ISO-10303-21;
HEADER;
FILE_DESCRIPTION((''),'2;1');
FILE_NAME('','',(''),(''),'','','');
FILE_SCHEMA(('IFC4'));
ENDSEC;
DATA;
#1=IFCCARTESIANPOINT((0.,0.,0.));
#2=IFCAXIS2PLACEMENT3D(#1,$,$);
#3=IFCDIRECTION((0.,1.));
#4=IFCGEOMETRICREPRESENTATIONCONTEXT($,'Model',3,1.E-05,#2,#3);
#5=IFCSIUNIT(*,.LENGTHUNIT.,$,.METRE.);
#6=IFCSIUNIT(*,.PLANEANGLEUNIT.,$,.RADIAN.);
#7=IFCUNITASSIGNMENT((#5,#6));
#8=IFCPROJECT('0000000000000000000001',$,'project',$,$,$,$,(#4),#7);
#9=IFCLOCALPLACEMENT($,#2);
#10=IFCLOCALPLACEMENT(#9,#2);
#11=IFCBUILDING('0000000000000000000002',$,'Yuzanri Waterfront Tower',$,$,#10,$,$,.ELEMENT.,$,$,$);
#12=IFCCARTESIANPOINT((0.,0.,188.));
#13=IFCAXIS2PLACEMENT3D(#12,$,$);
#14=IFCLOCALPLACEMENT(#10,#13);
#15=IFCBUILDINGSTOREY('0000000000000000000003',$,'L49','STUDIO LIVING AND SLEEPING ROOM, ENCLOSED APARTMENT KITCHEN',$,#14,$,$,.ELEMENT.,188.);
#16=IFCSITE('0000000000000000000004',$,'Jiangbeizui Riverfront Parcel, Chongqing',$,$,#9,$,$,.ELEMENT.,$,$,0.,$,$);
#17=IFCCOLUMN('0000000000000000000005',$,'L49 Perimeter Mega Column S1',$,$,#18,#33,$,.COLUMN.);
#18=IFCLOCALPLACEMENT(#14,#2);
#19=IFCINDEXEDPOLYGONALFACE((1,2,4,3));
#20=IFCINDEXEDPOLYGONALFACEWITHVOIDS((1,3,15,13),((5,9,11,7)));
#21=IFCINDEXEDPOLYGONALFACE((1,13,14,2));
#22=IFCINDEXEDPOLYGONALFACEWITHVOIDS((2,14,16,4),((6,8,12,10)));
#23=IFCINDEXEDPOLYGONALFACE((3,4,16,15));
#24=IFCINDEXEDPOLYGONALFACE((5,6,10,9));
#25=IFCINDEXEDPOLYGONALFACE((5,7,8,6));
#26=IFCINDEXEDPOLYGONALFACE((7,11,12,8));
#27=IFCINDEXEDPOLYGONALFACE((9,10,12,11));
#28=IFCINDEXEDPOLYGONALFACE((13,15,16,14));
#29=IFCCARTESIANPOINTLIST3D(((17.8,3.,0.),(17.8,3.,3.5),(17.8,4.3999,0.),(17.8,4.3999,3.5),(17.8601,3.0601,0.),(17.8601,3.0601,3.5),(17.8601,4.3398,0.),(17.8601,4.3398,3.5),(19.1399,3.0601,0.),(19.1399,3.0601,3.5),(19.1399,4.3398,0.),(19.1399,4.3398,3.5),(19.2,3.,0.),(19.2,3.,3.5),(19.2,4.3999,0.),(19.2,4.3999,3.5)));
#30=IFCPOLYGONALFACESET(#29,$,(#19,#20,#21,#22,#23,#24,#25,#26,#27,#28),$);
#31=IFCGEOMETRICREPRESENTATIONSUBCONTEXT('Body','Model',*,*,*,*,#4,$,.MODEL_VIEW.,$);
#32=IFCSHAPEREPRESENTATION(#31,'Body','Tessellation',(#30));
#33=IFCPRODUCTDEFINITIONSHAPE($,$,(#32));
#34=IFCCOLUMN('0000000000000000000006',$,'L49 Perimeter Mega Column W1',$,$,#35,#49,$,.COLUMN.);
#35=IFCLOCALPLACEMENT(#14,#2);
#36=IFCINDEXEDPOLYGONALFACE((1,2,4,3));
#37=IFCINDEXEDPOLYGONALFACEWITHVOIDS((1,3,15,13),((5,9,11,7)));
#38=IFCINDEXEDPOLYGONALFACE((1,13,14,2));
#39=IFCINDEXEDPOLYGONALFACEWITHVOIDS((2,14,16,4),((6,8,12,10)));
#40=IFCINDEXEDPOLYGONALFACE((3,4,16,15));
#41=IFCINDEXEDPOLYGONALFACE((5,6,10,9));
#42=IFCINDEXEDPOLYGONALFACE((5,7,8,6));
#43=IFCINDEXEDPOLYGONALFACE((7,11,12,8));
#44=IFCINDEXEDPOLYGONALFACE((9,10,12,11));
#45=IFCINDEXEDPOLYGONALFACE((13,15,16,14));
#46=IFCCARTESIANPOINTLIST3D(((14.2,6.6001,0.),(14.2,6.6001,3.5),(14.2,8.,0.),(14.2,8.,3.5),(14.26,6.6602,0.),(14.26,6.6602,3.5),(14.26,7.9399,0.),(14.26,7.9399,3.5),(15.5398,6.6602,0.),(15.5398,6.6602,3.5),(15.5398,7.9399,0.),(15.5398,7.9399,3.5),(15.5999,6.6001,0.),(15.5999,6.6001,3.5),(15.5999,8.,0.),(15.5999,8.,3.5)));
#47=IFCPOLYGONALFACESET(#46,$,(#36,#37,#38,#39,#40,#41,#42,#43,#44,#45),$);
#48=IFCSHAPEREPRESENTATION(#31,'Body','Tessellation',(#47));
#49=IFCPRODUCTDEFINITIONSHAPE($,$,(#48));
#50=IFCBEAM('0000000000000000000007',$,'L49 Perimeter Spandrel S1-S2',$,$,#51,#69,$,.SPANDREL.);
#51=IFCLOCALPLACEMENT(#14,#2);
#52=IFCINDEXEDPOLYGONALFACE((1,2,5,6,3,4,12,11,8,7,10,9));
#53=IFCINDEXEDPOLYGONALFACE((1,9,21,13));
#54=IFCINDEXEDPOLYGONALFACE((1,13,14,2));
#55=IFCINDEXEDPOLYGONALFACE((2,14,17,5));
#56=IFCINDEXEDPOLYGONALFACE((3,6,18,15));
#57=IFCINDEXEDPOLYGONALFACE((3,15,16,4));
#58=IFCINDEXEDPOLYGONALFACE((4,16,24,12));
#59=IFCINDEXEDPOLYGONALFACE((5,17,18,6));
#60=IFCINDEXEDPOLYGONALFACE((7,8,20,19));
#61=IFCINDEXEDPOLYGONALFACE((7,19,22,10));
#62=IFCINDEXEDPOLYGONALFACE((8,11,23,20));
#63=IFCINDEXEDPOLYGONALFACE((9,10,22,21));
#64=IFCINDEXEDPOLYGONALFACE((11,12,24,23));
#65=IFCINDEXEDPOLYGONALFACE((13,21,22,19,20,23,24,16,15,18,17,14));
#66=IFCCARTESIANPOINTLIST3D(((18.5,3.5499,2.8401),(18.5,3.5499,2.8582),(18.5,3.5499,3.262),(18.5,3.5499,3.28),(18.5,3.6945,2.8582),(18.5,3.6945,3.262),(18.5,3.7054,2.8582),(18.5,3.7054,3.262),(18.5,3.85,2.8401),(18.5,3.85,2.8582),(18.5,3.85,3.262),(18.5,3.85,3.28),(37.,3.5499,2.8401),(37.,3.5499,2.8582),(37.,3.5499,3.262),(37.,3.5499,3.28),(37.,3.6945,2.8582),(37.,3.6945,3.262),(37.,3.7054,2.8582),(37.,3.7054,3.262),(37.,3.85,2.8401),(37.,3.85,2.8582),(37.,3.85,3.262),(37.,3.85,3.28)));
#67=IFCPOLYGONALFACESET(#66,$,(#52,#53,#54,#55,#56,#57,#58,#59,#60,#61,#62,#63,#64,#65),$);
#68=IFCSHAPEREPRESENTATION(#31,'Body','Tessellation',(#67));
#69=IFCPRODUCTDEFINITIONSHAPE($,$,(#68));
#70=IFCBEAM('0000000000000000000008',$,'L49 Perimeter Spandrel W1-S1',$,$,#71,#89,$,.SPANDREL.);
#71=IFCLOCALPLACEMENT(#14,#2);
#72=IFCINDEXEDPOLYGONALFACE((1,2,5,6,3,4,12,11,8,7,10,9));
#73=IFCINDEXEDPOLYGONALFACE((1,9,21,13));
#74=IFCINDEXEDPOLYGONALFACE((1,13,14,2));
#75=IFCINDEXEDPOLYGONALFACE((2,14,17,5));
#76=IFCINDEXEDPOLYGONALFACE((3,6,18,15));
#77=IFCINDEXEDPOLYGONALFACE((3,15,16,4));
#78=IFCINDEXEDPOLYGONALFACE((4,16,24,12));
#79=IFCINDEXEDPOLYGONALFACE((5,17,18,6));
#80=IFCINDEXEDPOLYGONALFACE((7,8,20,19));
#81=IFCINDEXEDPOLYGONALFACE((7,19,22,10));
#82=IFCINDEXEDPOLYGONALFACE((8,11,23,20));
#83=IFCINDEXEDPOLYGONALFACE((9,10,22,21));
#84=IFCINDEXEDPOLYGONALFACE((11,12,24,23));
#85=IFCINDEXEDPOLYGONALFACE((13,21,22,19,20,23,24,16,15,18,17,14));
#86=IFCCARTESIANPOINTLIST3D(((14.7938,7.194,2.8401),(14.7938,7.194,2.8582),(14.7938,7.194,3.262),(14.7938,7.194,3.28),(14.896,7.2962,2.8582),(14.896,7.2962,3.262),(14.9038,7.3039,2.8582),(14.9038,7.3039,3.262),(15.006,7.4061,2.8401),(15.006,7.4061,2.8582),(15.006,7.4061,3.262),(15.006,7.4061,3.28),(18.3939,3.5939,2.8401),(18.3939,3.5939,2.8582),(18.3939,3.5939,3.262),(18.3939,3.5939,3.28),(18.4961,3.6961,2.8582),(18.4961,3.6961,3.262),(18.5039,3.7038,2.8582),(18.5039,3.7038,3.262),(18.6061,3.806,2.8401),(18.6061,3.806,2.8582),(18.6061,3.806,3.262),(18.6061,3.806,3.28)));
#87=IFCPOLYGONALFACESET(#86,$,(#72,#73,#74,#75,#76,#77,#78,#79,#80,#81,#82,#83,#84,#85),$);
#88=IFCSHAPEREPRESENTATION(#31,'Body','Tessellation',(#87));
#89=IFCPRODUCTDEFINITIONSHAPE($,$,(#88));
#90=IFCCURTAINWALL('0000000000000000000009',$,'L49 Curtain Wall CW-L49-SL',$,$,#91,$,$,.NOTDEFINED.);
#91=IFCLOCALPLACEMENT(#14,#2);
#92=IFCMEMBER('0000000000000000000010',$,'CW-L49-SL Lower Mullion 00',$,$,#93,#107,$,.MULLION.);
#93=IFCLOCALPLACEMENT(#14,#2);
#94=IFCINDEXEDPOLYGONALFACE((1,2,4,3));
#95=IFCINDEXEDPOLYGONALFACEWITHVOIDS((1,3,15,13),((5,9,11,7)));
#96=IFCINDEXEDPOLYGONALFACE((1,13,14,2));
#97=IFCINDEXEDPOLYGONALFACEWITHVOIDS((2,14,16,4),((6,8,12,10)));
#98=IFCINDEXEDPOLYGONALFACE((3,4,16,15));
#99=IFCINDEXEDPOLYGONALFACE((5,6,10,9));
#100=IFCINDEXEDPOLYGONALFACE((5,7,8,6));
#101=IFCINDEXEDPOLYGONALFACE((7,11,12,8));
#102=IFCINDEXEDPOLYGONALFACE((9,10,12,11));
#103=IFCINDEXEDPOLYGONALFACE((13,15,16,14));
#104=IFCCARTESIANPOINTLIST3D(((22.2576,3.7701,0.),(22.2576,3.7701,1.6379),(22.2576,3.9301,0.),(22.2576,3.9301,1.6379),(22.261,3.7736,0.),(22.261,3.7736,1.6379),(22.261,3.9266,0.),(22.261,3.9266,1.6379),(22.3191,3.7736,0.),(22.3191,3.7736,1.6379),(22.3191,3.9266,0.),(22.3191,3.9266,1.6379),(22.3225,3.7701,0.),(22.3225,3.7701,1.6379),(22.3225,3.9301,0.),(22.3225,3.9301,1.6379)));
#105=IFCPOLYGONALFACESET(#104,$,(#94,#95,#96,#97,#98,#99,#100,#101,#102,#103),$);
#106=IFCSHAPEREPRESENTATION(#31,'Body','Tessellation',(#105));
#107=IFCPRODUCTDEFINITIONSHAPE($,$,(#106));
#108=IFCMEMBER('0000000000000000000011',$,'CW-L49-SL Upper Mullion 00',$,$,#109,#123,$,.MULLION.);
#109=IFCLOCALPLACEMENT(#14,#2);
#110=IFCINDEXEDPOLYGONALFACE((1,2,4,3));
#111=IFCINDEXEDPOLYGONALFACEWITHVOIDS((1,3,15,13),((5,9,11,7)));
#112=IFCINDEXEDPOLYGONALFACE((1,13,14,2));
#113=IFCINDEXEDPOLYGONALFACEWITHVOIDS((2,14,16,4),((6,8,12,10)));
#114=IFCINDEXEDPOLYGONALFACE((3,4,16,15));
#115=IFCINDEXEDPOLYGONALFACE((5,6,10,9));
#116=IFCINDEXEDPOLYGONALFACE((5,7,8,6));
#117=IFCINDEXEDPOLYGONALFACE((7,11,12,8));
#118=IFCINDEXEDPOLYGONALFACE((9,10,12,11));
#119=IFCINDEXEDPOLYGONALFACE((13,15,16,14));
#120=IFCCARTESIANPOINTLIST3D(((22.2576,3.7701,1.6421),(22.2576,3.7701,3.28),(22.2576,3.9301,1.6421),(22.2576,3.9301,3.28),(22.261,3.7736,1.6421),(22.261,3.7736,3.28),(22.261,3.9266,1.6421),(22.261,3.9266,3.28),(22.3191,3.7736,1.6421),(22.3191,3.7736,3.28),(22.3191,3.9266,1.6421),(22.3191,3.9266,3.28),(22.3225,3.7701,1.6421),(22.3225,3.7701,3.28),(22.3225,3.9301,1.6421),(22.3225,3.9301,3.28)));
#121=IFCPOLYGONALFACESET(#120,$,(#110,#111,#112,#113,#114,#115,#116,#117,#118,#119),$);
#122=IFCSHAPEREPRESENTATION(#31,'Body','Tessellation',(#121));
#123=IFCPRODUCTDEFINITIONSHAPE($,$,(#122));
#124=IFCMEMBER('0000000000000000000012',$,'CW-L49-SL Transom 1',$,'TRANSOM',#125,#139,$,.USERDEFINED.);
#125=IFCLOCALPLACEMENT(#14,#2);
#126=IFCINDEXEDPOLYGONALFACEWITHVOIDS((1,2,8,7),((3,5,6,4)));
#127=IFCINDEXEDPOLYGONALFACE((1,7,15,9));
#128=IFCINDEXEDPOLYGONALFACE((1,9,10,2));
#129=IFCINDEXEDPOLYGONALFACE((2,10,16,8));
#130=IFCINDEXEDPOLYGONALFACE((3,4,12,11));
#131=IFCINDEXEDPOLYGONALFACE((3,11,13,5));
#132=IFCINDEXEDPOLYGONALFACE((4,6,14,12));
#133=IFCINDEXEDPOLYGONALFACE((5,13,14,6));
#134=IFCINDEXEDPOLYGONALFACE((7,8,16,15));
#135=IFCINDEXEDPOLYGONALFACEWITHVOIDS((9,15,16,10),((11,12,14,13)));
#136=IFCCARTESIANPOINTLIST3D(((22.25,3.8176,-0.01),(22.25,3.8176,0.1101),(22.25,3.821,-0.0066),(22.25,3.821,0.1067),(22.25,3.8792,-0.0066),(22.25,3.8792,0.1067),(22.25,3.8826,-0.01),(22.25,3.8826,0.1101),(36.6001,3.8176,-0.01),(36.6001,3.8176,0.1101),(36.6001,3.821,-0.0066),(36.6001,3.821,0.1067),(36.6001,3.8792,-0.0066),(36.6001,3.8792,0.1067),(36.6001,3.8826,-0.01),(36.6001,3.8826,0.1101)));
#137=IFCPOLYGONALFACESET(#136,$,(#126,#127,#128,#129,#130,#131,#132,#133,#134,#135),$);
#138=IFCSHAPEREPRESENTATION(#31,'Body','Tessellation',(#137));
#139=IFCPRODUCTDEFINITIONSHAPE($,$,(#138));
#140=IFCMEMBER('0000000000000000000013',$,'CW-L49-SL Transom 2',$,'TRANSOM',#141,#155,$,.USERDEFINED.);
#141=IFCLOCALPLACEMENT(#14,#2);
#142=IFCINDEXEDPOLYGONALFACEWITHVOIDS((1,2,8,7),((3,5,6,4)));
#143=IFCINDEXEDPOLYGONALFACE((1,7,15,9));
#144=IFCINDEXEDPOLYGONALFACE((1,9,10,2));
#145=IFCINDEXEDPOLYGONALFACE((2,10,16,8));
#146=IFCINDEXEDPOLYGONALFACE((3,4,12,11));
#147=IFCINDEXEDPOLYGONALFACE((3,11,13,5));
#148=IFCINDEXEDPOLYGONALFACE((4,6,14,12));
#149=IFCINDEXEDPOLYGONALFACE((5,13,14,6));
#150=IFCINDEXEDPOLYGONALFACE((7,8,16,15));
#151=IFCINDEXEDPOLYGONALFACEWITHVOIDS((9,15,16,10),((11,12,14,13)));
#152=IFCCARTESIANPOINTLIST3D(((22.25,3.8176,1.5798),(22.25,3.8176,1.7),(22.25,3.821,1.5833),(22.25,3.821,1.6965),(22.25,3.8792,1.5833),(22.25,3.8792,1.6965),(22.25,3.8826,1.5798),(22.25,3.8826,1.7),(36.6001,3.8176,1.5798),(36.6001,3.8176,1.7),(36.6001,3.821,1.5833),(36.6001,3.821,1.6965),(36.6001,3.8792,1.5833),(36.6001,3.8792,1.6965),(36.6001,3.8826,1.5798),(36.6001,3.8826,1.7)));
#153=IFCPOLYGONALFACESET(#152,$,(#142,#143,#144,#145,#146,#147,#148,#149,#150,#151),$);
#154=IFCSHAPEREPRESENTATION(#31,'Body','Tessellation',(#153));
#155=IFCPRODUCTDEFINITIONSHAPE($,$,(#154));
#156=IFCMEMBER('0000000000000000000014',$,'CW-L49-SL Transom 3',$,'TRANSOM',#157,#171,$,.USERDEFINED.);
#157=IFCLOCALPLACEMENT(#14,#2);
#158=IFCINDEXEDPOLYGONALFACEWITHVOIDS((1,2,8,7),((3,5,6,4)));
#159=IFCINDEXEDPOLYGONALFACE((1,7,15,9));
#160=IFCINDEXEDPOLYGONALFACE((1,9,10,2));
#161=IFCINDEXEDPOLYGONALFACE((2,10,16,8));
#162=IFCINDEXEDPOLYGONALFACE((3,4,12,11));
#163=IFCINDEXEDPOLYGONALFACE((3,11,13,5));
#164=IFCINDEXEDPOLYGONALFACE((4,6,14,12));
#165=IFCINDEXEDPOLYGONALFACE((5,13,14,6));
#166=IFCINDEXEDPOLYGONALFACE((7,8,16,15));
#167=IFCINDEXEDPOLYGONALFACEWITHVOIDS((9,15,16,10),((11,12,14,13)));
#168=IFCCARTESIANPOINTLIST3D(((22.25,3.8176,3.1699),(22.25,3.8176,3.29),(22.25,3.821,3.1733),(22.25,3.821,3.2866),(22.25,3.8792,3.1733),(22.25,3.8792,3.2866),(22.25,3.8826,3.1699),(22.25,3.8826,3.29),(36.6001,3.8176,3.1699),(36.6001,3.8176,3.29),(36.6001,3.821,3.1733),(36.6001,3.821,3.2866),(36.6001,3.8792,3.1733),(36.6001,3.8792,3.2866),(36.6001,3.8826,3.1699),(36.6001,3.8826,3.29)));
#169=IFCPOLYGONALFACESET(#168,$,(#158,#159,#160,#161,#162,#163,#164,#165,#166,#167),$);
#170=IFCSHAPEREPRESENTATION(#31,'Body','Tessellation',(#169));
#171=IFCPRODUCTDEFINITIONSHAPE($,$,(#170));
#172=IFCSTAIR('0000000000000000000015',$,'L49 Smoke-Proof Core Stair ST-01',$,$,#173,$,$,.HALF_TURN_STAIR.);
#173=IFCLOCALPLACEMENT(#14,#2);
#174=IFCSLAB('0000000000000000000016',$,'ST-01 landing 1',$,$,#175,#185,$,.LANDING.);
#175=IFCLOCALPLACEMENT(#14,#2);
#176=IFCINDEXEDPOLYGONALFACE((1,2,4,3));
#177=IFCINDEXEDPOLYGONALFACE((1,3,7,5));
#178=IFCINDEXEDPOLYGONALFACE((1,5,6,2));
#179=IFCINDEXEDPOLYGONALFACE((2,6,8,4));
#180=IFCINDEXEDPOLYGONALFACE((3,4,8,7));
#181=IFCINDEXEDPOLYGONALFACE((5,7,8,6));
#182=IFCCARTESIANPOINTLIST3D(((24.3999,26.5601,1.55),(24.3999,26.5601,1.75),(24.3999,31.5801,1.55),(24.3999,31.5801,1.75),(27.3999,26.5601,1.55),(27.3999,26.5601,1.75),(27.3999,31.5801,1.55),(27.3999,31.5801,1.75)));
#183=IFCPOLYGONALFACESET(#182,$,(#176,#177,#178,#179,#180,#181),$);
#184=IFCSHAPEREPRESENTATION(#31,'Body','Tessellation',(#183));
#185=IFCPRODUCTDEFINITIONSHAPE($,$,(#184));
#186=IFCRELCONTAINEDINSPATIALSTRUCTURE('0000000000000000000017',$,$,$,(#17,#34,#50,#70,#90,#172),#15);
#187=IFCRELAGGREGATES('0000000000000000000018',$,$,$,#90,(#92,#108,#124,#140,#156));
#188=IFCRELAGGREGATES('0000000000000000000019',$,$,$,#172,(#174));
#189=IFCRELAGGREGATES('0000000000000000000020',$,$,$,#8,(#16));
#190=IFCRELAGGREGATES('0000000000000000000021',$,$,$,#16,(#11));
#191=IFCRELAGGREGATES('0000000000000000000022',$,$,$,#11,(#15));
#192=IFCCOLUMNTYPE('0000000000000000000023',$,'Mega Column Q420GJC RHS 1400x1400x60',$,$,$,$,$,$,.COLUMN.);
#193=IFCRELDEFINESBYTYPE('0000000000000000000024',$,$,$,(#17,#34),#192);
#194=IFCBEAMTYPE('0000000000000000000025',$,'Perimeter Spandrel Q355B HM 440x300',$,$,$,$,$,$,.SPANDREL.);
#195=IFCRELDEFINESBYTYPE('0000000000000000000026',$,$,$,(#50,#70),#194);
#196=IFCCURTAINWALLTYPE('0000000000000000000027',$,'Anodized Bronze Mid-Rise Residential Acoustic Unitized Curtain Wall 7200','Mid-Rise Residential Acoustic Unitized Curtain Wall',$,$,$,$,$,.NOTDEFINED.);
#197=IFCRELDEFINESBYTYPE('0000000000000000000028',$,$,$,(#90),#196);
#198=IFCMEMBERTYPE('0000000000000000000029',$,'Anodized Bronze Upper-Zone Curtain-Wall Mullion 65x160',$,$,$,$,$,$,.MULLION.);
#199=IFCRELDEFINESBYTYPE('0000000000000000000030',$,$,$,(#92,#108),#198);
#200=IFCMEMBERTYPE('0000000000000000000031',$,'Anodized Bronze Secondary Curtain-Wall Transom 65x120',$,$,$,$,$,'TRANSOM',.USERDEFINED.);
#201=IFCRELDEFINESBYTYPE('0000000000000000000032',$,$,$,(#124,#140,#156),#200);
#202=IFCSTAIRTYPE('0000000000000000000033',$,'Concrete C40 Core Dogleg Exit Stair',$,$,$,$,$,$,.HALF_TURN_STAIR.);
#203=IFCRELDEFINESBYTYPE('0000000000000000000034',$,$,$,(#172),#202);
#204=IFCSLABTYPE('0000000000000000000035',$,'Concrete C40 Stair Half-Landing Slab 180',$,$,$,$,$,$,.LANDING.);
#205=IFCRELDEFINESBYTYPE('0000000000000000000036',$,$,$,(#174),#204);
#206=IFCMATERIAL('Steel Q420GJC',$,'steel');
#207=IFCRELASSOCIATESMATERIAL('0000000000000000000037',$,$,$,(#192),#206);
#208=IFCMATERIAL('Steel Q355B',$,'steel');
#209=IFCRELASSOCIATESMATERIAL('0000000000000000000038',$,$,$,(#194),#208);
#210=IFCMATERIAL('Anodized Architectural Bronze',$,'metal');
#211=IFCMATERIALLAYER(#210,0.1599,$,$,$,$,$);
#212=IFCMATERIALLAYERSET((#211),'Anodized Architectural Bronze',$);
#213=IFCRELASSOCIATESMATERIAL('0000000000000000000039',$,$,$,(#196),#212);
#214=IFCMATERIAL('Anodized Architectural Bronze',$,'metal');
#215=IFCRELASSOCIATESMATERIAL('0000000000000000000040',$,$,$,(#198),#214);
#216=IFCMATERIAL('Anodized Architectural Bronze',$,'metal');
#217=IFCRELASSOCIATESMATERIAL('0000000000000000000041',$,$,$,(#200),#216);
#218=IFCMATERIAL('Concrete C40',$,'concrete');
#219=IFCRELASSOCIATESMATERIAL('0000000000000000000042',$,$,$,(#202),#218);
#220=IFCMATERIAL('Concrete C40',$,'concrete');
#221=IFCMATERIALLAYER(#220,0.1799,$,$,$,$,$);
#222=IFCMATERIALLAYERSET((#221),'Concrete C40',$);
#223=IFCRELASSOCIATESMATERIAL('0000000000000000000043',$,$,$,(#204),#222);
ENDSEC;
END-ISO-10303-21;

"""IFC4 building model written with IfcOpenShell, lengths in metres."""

from ifc_helpers import new_model, si_unit, direction, frame, origin, origin_2d, place, context, subcontext, project, spatial, polyline, hollow_rectangle, i_section, outline, extrude, source, transform, mapped, material, layer, layer_set, material_profile, profile_set, type_object, element, aggregate, save


model = new_model("IFC4")

# Units and contexts
model_context = context("Model", 3, precision=1e-05, world=origin(), true_north=direction((0.0, 1.0)))
body_context = subcontext(model_context, "Body", "Model", "MODEL_VIEW")
ifc_project = project(units=[si_unit("LENGTHUNIT", "METRE"), si_unit("PLANEANGLEUNIT", "RADIAN")], contexts=[model_context])

# Site, building, storey
site_placement = place(None, origin())
site = spatial("IfcSite", under=ifc_project, at=site_placement, Name="Jiangbeizui Riverfront Parcel, Chongqing", CompositionType="ELEMENT", RefElevation=0.0)
building_placement = place(site_placement, origin())
building = spatial("IfcBuilding", under=site, at=building_placement, Name="Yuzanri Waterfront Tower", CompositionType="ELEMENT")
storey_placement = place(building_placement, frame((0.0, 0.0, 188.0)))
storey = spatial("IfcBuildingStorey", under=building, at=storey_placement, Name="L49", Description="STUDIO LIVING AND SLEEPING ROOM, ENCLOSED APARTMENT KITCHEN", CompositionType="ELEMENT", Elevation=188.0)

# Columns
ifc_material_1 = material(Name="Steel Q420GJC", Category="steel")
ifc_material_profile_1 = material_profile(ifc_material_1, hollow_rectangle(XDim=1.3999, YDim=1.3999, WallThickness=0.0601, at=origin_2d()), Name="RHS 1400x1400x60")
ifc_profile_set_1 = profile_set([ifc_material_profile_1], Name="Steel Q420GJC")
column_type = type_object("IfcColumnType", Name="Mega Column Q420GJC RHS 1400x1400x60", PredefinedType="COLUMN", material=ifc_profile_set_1)
shared_shape_1 = source(origin(), body_context, "Body", "SweptSolid", [
    extrude(hollow_rectangle(XDim=1.3999, YDim=1.3999, WallThickness=0.0601, at=origin_2d()), origin(), (0.0, 0.0, 1.0), 3.5),
])
for number, where, z_axis, x_axis, name in (
    (1, (18.5, 3.7, 0.0), (0.0, 0.0, 1.0), (1.0, 0.0, 0.0), "L49 Perimeter Mega Column S1"),
    (2, (14.8999, 7.3, 0.0), (0.0, 0.0, 1.0), (1.0, 0.0, 0.0), "L49 Perimeter Mega Column W1"),
):
    element("IfcColumn", number, at=place(storey_placement, frame(where, z_axis=z_axis, x_axis=x_axis)), inside=storey, type_object=column_type, Name=name, PredefinedType="COLUMN", context=body_context, shape_type="MappedRepresentation", body=[
        mapped(shared_shape_1, transform((0.0, 0.0, 0.0), scale=1.0)),
    ])

# Beams
ifc_material_2 = material(Name="Steel Q355B", Category="steel")
ifc_material_profile_2 = material_profile(ifc_material_2, i_section(OverallWidth=0.3, OverallDepth=0.4399, WebThickness=0.011, FlangeThickness=0.0181, at=origin_2d()), Name="HM 440x300x11x18")
ifc_profile_set_2 = profile_set([ifc_material_profile_2], Name="Steel Q355B")
beam_type = type_object("IfcBeamType", Name="Perimeter Spandrel Q355B HM 440x300", PredefinedType="SPANDREL", material=ifc_profile_set_2)
shared_shape_2 = source(origin(), body_context, "Body", "SweptSolid", [
    extrude(i_section(OverallWidth=0.3, OverallDepth=0.4399, WebThickness=0.011, FlangeThickness=0.0181, at=origin_2d()), origin(), (0.0, 0.0, 1.0), 18.5),
])
beam_1_placement = place(storey_placement, frame((18.5, 3.7, 3.0601), z_axis=(1.0, 0.0, 0.0), x_axis=(0.0, 1.0, 0.0)))
element("IfcBeam", 3, at=beam_1_placement, inside=storey, type_object=beam_type, Name="L49 Perimeter Spandrel S1-S2", PredefinedType="SPANDREL", context=body_context, shape_type="MappedRepresentation", body=[
    mapped(shared_shape_2, transform((0.0, 0.0, 0.0), scale=1.0)),
])
shared_shape_3 = source(origin(), body_context, "Body", "SweptSolid", [
    extrude(i_section(OverallWidth=0.3, OverallDepth=0.4399, WebThickness=0.011, FlangeThickness=0.0181, at=origin_2d()), origin(), (0.0, 0.0, 1.0), 5.0913),
])
beam_2_placement = place(storey_placement, frame((14.8999, 7.3, 3.0601), z_axis=(0.707107, -0.707107, 0.0), x_axis=(0.707107, 0.707107, 0.0)))
element("IfcBeam", 4, at=beam_2_placement, inside=storey, type_object=beam_type, Name="L49 Perimeter Spandrel W1-S1", PredefinedType="SPANDREL", context=body_context, shape_type="MappedRepresentation", body=[
    mapped(shared_shape_3, transform((0.0, 0.0, 0.0), scale=1.0)),
])

# Curtain wall, members
ifc_material_3 = material(Name="Anodized Architectural Bronze", Category="metal")
ifc_layer_1 = layer(ifc_material_3, 0.1599)
ifc_layer_set_1 = layer_set([ifc_layer_1], Name="Anodized Architectural Bronze")
curtain_wall_type = type_object("IfcCurtainWallType", Name="Anodized Bronze Mid-Rise Residential Acoustic Unitized Curtain Wall 7200", Description="Mid-Rise Residential Acoustic Unitized Curtain Wall", PredefinedType="NOTDEFINED", material=ifc_layer_set_1)
curtain_wall_placement = place(storey_placement, origin())
curtain_wall = element("IfcCurtainWall", 5, at=curtain_wall_placement, inside=storey, type_object=curtain_wall_type, Name="L49 Curtain Wall CW-L49-SL", PredefinedType="NOTDEFINED")
ifc_material_4 = material(Name="Anodized Architectural Bronze", Category="metal")
ifc_material_profile_3 = material_profile(ifc_material_4, hollow_rectangle(XDim=0.0649, YDim=0.1599, WallThickness=0.0034, at=origin_2d()), Name="CWM 65x160")
ifc_profile_set_3 = profile_set([ifc_material_profile_3], Name="Anodized Architectural Bronze")
member_type_1 = type_object("IfcMemberType", Name="Anodized Bronze Upper-Zone Curtain-Wall Mullion 65x160", PredefinedType="MULLION", material=ifc_profile_set_3)
shared_shape_4 = source(origin(), body_context, "Body", "SweptSolid", [
    extrude(hollow_rectangle(XDim=0.0649, YDim=0.1599, WallThickness=0.0034, at=origin_2d()), origin(), (0.0, 0.0, 1.0), 1.6379),
])
member_1_placement = place(storey_placement, frame((22.29, 3.8501, 0.0), z_axis=(0.0, 0.0, 1.0), x_axis=(1.0, 0.0, 0.0)))
member_1 = element("IfcMember", 6, at=member_1_placement, type_object=member_type_1, Name="CW-L49-SL Lower Mullion 00", PredefinedType="MULLION", context=body_context, shape_type="MappedRepresentation", body=[
    mapped(shared_shape_4, transform((0.0, 0.0, 0.0), scale=1.0)),
])
member_2_placement = place(storey_placement, frame((22.29, 3.8501, 1.6421), z_axis=(0.0, 0.0, 1.0), x_axis=(1.0, 0.0, 0.0)))
member_2 = element("IfcMember", 7, at=member_2_placement, type_object=member_type_1, Name="CW-L49-SL Upper Mullion 00", PredefinedType="MULLION", context=body_context, shape_type="MappedRepresentation", body=[
    mapped(shared_shape_4, transform((0.0, 0.0, 0.0), scale=1.0)),
])
ifc_material_5 = material(Name="Anodized Architectural Bronze", Category="metal")
ifc_material_profile_4 = material_profile(ifc_material_5, hollow_rectangle(XDim=0.0649, YDim=0.1201, WallThickness=0.0034, at=origin_2d()), Name="CWT 65x120")
ifc_profile_set_4 = profile_set([ifc_material_profile_4], Name="Anodized Architectural Bronze")
member_type_2 = type_object("IfcMemberType", Name="Anodized Bronze Secondary Curtain-Wall Transom 65x120", ElementType="TRANSOM", PredefinedType="USERDEFINED", material=ifc_profile_set_4)
shared_shape_5 = source(origin(), body_context, "Body", "SweptSolid", [
    extrude(hollow_rectangle(XDim=0.0649, YDim=0.1201, WallThickness=0.0034, at=origin_2d()), origin(), (0.0, 0.0, 1.0), 14.3501),
])
member_3_placement = place(storey_placement, frame((22.25, 3.8501, 0.05), z_axis=(1.0, 0.0, 0.0), x_axis=(0.0, 1.0, 0.0)))
member_3 = element("IfcMember", 8, at=member_3_placement, type_object=member_type_2, Name="CW-L49-SL Transom 1", ObjectType="TRANSOM", PredefinedType="USERDEFINED", context=body_context, shape_type="MappedRepresentation", body=[
    mapped(shared_shape_5, transform((0.0, 0.0, 0.0), scale=1.0)),
])
member_4_placement = place(storey_placement, frame((22.25, 3.8501, 1.6399), z_axis=(1.0, 0.0, 0.0), x_axis=(0.0, 1.0, 0.0)))
member_4 = element("IfcMember", 9, at=member_4_placement, type_object=member_type_2, Name="CW-L49-SL Transom 2", ObjectType="TRANSOM", PredefinedType="USERDEFINED", context=body_context, shape_type="MappedRepresentation", body=[
    mapped(shared_shape_5, transform((0.0, 0.0, 0.0), scale=1.0)),
])
member_5_placement = place(storey_placement, frame((22.25, 3.8501, 3.23), z_axis=(1.0, 0.0, 0.0), x_axis=(0.0, 1.0, 0.0)))
member_5 = element("IfcMember", 10, at=member_5_placement, type_object=member_type_2, Name="CW-L49-SL Transom 3", ObjectType="TRANSOM", PredefinedType="USERDEFINED", context=body_context, shape_type="MappedRepresentation", body=[
    mapped(shared_shape_5, transform((0.0, 0.0, 0.0), scale=1.0)),
])
aggregate(curtain_wall, [member_1, member_2, member_3, member_4, member_5])

# Stair, slab
ifc_material_6 = material(Name="Concrete C40", Category="concrete")
stair_type = type_object("IfcStairType", Name="Concrete C40 Core Dogleg Exit Stair", PredefinedType="HALF_TURN_STAIR", material=ifc_material_6)
stair_1_placement = place(storey_placement, origin())
stair_1 = element("IfcStair", 11, at=stair_1_placement, inside=storey, type_object=stair_type, Name="L49 Smoke-Proof Core Stair ST-01", PredefinedType="HALF_TURN_STAIR")
ifc_material_7 = material(Name="Concrete C40", Category="concrete")
ifc_layer_2 = layer(ifc_material_7, 0.1799)
ifc_layer_set_2 = layer_set([ifc_layer_2], Name="Concrete C40")
slab_type_1 = type_object("IfcSlabType", Name="Concrete C40 Stair Half-Landing Slab 180", PredefinedType="LANDING", material=ifc_layer_set_2)
slab_1_placement = place(storey_placement, frame((0.0, 0.0, 1.55)))
slab_1 = element("IfcSlab", 12, at=slab_1_placement, type_object=slab_type_1, Name="ST-01 landing 1", PredefinedType="LANDING", context=body_context, shape_type="SweptSolid", body=[
    extrude(outline(polyline([(27.3999, 26.5601), (27.3999, 31.5801), (24.3999, 31.5801), (24.3999, 26.5601), (27.3999, 26.5601)])), origin(), (0.0, 0.0, 1.0), 0.2),
])
aggregate(stair_1, [slab_1])

save(model, "model.ifc")
